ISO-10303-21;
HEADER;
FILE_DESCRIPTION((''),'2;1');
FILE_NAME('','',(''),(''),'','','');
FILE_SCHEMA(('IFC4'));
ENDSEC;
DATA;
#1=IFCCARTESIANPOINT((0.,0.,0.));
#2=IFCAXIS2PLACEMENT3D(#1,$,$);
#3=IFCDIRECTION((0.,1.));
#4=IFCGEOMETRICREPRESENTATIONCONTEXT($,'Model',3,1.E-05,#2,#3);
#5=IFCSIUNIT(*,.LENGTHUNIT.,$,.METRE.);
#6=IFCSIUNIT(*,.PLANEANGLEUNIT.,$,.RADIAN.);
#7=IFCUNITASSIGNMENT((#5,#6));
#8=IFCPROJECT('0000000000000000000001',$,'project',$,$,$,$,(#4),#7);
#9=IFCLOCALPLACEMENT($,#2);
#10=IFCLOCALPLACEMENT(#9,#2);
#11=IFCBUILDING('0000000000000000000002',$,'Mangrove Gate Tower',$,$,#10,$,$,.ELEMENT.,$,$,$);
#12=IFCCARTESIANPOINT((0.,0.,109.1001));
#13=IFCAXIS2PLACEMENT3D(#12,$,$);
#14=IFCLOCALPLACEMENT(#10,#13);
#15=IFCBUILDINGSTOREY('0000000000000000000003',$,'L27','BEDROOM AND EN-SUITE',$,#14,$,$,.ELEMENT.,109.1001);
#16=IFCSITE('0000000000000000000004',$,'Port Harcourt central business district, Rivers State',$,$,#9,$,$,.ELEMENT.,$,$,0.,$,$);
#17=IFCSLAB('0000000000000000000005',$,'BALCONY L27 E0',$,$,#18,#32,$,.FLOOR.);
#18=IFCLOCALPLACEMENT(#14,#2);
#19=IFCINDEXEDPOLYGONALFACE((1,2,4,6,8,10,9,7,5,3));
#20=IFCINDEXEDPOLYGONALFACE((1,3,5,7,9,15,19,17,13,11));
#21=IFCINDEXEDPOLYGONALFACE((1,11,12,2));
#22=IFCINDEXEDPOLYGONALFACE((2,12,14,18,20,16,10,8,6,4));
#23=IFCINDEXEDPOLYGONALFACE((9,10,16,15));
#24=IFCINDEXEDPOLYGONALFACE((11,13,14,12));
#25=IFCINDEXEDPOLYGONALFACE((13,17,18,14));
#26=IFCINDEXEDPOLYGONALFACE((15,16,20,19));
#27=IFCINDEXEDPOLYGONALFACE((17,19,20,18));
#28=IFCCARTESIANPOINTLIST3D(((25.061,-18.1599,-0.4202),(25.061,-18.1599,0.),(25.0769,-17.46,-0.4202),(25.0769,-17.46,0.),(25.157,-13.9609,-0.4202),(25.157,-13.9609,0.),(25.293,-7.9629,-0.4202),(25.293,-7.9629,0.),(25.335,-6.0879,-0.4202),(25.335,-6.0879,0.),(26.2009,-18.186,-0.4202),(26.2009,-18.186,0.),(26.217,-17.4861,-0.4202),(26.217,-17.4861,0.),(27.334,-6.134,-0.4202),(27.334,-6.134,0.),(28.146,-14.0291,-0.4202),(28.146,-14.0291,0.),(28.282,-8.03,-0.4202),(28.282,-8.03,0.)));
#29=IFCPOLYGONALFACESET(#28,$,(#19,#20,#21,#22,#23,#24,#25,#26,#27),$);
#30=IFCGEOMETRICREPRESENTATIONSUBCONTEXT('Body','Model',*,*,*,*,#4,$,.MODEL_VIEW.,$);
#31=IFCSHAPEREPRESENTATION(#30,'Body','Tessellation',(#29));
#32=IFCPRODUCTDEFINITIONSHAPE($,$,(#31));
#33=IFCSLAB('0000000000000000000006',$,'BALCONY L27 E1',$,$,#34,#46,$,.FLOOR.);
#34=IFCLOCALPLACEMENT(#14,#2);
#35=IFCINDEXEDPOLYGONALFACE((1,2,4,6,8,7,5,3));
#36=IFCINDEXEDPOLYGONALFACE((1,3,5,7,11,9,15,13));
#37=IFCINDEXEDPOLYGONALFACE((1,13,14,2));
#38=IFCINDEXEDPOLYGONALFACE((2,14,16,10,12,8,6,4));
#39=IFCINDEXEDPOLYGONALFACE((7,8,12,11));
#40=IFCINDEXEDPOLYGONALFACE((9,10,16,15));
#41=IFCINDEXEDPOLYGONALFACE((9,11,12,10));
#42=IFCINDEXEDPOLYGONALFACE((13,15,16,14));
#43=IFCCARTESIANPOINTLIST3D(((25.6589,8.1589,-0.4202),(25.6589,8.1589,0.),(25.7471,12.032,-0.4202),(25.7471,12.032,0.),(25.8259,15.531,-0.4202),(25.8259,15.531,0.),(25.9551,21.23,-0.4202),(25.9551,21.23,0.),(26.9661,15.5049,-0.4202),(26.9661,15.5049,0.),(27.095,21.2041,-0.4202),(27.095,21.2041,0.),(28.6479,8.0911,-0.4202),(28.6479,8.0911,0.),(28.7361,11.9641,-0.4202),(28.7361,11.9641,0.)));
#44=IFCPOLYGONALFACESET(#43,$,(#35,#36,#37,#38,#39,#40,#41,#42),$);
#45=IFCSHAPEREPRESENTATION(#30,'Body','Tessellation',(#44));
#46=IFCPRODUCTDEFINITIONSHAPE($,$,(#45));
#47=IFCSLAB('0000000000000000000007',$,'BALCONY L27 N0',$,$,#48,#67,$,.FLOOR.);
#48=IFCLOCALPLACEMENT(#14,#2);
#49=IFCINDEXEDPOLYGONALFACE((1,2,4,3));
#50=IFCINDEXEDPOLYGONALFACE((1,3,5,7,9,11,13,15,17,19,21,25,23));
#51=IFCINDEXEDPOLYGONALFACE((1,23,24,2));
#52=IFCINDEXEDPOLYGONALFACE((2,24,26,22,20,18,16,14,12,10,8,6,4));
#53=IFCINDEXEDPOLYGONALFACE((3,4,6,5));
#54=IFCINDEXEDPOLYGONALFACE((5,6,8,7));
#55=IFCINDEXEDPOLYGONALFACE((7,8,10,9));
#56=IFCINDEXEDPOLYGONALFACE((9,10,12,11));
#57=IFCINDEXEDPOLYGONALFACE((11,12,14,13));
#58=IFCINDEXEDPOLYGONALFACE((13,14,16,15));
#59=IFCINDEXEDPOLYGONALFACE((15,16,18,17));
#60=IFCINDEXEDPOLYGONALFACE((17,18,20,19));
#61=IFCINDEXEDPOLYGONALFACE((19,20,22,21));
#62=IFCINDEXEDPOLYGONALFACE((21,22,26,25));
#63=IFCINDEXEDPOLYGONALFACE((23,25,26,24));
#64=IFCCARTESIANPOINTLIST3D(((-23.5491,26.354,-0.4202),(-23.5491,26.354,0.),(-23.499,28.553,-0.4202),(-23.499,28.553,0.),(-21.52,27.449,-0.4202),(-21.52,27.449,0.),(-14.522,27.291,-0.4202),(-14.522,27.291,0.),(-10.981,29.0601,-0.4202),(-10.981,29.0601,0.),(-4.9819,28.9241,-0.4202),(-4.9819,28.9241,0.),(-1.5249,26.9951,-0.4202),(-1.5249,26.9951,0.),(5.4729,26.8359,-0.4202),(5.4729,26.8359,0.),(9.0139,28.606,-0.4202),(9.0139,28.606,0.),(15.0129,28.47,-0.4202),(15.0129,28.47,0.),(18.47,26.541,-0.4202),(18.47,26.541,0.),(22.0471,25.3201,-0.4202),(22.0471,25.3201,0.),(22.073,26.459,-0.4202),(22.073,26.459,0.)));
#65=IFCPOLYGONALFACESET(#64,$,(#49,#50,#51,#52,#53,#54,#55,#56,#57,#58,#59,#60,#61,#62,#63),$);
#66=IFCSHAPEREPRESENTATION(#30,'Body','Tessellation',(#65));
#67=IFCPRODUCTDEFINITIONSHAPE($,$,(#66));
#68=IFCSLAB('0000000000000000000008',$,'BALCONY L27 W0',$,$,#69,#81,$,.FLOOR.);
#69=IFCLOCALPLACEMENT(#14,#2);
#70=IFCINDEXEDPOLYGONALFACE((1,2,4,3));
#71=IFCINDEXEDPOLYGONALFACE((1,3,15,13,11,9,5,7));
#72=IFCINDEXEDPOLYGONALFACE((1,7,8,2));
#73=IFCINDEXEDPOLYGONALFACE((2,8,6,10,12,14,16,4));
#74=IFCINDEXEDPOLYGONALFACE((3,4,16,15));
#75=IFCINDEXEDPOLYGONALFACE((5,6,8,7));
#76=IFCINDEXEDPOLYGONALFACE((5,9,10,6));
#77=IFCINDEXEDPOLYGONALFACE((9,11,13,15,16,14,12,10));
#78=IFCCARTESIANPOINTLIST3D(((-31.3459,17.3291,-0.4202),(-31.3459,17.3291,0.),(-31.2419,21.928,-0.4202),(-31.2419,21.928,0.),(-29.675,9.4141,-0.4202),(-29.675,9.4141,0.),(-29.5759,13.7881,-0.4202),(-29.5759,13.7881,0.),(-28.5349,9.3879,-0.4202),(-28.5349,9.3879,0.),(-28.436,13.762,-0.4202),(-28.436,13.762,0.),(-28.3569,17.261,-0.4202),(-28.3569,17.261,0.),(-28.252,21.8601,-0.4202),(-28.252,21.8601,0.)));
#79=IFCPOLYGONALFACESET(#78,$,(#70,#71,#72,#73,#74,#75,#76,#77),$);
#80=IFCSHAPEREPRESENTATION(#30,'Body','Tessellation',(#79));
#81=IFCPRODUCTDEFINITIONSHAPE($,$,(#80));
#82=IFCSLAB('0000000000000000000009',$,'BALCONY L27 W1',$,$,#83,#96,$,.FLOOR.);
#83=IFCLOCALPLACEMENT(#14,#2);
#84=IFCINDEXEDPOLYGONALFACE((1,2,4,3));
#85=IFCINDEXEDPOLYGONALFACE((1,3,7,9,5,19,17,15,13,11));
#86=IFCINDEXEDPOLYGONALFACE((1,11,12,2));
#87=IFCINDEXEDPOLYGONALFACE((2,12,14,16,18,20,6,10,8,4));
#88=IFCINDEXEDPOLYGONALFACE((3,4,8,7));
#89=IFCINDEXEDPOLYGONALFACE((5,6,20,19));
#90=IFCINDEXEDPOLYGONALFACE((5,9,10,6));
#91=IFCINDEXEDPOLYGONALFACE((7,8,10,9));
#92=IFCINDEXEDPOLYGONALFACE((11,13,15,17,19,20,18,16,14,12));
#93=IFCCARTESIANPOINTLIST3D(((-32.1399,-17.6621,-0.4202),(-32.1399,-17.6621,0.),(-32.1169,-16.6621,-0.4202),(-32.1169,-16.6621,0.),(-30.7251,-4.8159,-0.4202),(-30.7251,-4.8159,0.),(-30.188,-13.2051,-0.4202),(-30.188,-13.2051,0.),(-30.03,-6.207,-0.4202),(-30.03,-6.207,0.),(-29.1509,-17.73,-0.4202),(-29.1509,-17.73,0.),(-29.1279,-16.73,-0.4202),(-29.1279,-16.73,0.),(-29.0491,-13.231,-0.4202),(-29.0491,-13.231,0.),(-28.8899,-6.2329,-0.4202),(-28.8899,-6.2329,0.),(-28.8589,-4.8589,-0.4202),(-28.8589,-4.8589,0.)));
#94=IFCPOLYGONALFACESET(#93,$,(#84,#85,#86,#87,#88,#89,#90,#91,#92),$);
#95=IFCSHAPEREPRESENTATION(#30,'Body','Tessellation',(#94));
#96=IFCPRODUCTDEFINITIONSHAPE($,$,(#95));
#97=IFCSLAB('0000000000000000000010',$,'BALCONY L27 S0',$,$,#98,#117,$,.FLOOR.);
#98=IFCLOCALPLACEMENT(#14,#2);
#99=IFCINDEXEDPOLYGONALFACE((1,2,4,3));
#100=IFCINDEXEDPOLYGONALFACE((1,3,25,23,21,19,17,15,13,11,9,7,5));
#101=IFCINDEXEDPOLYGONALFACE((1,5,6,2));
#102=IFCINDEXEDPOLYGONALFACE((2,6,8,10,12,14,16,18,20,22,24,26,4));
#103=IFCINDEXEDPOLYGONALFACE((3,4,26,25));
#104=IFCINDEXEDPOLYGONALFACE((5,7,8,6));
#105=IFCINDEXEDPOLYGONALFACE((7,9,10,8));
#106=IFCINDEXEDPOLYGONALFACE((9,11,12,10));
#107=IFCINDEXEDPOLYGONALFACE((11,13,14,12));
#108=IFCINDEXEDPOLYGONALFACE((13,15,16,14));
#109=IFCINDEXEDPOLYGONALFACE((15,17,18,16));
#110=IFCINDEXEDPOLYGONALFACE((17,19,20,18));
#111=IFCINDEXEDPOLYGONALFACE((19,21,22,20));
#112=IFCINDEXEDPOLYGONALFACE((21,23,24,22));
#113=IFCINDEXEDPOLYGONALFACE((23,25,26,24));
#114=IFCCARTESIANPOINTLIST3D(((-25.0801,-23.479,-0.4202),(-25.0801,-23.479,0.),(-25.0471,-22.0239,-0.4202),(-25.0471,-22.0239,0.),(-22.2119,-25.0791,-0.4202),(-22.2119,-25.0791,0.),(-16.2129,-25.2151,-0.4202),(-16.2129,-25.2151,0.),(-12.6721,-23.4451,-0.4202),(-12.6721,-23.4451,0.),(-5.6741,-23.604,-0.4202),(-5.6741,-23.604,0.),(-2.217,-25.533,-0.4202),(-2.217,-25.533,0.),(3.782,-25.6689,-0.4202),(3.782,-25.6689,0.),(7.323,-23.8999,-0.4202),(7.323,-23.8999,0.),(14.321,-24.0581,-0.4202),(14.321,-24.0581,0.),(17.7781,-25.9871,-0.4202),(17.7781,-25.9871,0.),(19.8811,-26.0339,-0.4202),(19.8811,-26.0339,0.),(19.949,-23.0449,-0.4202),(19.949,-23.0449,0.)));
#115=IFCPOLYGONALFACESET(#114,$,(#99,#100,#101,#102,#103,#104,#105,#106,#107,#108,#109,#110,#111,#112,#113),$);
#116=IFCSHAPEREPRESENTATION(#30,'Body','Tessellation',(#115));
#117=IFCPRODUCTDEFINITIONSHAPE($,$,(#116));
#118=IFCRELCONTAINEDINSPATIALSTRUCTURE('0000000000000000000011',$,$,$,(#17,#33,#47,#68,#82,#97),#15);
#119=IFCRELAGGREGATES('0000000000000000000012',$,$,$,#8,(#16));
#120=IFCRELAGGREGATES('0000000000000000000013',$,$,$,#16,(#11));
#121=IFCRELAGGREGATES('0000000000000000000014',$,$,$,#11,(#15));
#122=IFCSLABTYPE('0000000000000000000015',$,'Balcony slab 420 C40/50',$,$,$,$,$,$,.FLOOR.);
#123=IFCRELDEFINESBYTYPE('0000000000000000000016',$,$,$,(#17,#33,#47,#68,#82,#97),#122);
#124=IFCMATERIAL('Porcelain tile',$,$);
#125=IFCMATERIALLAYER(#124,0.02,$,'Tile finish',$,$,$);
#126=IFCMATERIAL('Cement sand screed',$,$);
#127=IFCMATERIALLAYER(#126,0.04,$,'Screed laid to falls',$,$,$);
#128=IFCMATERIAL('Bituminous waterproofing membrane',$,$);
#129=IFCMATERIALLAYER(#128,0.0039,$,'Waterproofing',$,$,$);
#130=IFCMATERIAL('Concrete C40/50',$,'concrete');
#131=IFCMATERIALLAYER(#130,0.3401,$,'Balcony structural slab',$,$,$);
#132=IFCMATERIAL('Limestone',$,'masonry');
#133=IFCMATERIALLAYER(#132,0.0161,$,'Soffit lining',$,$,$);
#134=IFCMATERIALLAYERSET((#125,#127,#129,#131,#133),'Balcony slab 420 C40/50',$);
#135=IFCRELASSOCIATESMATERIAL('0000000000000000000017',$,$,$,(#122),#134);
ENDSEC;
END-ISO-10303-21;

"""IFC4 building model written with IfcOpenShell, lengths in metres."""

from ifc_helpers import new_model, si_unit, direction, frame, origin, place, context, subcontext, project, spatial, polyline, outline, extrude, material, layer, layer_set, type_object, element, save


model = new_model("IFC4")

# Units and contexts
model_context = context("Model", 3, precision=1e-05, world=origin(), true_north=direction((0.0, 1.0)))
body_context = subcontext(model_context, "Body", "Model", "MODEL_VIEW")
ifc_project = project(units=[si_unit("LENGTHUNIT", "METRE"), si_unit("PLANEANGLEUNIT", "RADIAN")], contexts=[model_context])

# Site, building, storey
site_placement = place(None, origin())
site = spatial("IfcSite", under=ifc_project, at=site_placement, Name="Port Harcourt central business district, Rivers State", CompositionType="ELEMENT", RefElevation=0.0)
building_placement = place(site_placement, origin())
building = spatial("IfcBuilding", under=site, at=building_placement, Name="Mangrove Gate Tower", CompositionType="ELEMENT")
storey_placement = place(building_placement, frame((0.0, 0.0, 109.1001)))
storey = spatial("IfcBuildingStorey", under=building, at=storey_placement, Name="L27", Description="BEDROOM AND EN-SUITE", CompositionType="ELEMENT", Elevation=109.1001)

# Slabs
ifc_material_1 = material(Name="Porcelain tile")
ifc_layer_1 = layer(ifc_material_1, 0.02, Name="Tile finish")
ifc_material_2 = material(Name="Cement sand screed")
ifc_layer_2 = layer(ifc_material_2, 0.04, Name="Screed laid to falls")
ifc_material_3 = material(Name="Bituminous waterproofing membrane")
ifc_layer_3 = layer(ifc_material_3, 0.0039, Name="Waterproofing")
ifc_material_4 = material(Name="Concrete C40/50", Category="concrete")
ifc_layer_4 = layer(ifc_material_4, 0.3401, Name="Balcony structural slab")
ifc_material_5 = material(Name="Limestone", Category="masonry")
ifc_layer_5 = layer(ifc_material_5, 0.0161, Name="Soffit lining")
ifc_layer_set_1 = layer_set([ifc_layer_1, ifc_layer_2, ifc_layer_3, ifc_layer_4, ifc_layer_5], Name="Balcony slab 420 C40/50")
slab_type_1 = type_object("IfcSlabType", Name="Balcony slab 420 C40/50", PredefinedType="FLOOR", material=ifc_layer_set_1)
slab_1_placement = place(storey_placement, frame((0.0, 0.0, -0.4202)))
element("IfcSlab", 1, at=slab_1_placement, inside=storey, type_object=slab_type_1, Name="BALCONY L27 E0", PredefinedType="FLOOR", context=body_context, shape_type="SweptSolid", body=[
    extrude(outline(polyline([(26.2009, -18.186), (26.217, -17.4861), (28.146, -14.0291), (28.282, -8.03), (27.334, -6.134), (25.335, -6.0879), (25.293, -7.9629), (25.157, -13.9609), (25.0769, -17.46), (25.061, -18.1599), (26.2009, -18.186)])), origin(), (0.0, 0.0, 1.0), 0.4202),
])
slab_2_placement = place(storey_placement, frame((0.0, 0.0, -0.4202)))
element("IfcSlab", 2, at=slab_2_placement, inside=storey, type_object=slab_type_1, Name="BALCONY L27 E1", PredefinedType="FLOOR", context=body_context, shape_type="SweptSolid", body=[
    extrude(outline(polyline([(28.6479, 8.0911), (28.7361, 11.9641), (26.9661, 15.5049), (27.095, 21.2041), (25.9551, 21.23), (25.8259, 15.531), (25.7471, 12.032), (25.6589, 8.1589), (28.6479, 8.0911)])), origin(), (0.0, 0.0, 1.0), 0.4202),
])
slab_3_placement = place(storey_placement, frame((0.0, 0.0, -0.4202)))
element("IfcSlab", 3, at=slab_3_placement, inside=storey, type_object=slab_type_1, Name="BALCONY L27 N0", PredefinedType="FLOOR", context=body_context, shape_type="SweptSolid", body=[
    extrude(outline(polyline([(22.073, 26.459), (18.47, 26.541), (15.0129, 28.47), (9.0139, 28.606), (5.4729, 26.8359), (-1.5249, 26.9951), (-4.9819, 28.9241), (-10.981, 29.0601), (-14.522, 27.291), (-21.52, 27.449), (-23.499, 28.553), (-23.5491, 26.354), (22.0471, 25.3201), (22.073, 26.459)])), origin(), (0.0, 0.0, 1.0), 0.4202),
])
slab_4_placement = place(storey_placement, frame((0.0, 0.0, -0.4202)))
element("IfcSlab", 4, at=slab_4_placement, inside=storey, type_object=slab_type_1, Name="BALCONY L27 W0", PredefinedType="FLOOR", context=body_context, shape_type="SweptSolid", body=[
    extrude(outline(polyline([(-31.2419, 21.928), (-31.3459, 17.3291), (-29.5759, 13.7881), (-29.675, 9.4141), (-28.5349, 9.3879), (-28.436, 13.762), (-28.3569, 17.261), (-28.252, 21.8601), (-31.2419, 21.928)])), origin(), (0.0, 0.0, 1.0), 0.4202),
])
slab_5_placement = place(storey_placement, frame((0.0, 0.0, -0.4202)))
element("IfcSlab", 5, at=slab_5_placement, inside=storey, type_object=slab_type_1, Name="BALCONY L27 W1", PredefinedType="FLOOR", context=body_context, shape_type="SweptSolid", body=[
    extrude(outline(polyline([(-30.7251, -4.8159), (-30.03, -6.207), (-30.188, -13.2051), (-32.1169, -16.6621), (-32.1399, -17.6621), (-29.1509, -17.73), (-29.1279, -16.73), (-29.0491, -13.231), (-28.8899, -6.2329), (-28.8589, -4.8589), (-30.7251, -4.8159)])), origin(), (0.0, 0.0, 1.0), 0.4202),
])
slab_6_placement = place(storey_placement, frame((0.0, 0.0, -0.4202)))
element("IfcSlab", 6, at=slab_6_placement, inside=storey, type_object=slab_type_1, Name="BALCONY L27 S0", PredefinedType="FLOOR", context=body_context, shape_type="SweptSolid", body=[
    extrude(outline(polyline([(-25.0801, -23.479), (-22.2119, -25.0791), (-16.2129, -25.2151), (-12.6721, -23.4451), (-5.6741, -23.604), (-2.217, -25.533), (3.782, -25.6689), (7.323, -23.8999), (14.321, -24.0581), (17.7781, -25.9871), (19.8811, -26.0339), (19.949, -23.0449), (-25.0471, -22.0239), (-25.0801, -23.479)])), origin(), (0.0, 0.0, 1.0), 0.4202),
])

save(model, "model.ifc")
